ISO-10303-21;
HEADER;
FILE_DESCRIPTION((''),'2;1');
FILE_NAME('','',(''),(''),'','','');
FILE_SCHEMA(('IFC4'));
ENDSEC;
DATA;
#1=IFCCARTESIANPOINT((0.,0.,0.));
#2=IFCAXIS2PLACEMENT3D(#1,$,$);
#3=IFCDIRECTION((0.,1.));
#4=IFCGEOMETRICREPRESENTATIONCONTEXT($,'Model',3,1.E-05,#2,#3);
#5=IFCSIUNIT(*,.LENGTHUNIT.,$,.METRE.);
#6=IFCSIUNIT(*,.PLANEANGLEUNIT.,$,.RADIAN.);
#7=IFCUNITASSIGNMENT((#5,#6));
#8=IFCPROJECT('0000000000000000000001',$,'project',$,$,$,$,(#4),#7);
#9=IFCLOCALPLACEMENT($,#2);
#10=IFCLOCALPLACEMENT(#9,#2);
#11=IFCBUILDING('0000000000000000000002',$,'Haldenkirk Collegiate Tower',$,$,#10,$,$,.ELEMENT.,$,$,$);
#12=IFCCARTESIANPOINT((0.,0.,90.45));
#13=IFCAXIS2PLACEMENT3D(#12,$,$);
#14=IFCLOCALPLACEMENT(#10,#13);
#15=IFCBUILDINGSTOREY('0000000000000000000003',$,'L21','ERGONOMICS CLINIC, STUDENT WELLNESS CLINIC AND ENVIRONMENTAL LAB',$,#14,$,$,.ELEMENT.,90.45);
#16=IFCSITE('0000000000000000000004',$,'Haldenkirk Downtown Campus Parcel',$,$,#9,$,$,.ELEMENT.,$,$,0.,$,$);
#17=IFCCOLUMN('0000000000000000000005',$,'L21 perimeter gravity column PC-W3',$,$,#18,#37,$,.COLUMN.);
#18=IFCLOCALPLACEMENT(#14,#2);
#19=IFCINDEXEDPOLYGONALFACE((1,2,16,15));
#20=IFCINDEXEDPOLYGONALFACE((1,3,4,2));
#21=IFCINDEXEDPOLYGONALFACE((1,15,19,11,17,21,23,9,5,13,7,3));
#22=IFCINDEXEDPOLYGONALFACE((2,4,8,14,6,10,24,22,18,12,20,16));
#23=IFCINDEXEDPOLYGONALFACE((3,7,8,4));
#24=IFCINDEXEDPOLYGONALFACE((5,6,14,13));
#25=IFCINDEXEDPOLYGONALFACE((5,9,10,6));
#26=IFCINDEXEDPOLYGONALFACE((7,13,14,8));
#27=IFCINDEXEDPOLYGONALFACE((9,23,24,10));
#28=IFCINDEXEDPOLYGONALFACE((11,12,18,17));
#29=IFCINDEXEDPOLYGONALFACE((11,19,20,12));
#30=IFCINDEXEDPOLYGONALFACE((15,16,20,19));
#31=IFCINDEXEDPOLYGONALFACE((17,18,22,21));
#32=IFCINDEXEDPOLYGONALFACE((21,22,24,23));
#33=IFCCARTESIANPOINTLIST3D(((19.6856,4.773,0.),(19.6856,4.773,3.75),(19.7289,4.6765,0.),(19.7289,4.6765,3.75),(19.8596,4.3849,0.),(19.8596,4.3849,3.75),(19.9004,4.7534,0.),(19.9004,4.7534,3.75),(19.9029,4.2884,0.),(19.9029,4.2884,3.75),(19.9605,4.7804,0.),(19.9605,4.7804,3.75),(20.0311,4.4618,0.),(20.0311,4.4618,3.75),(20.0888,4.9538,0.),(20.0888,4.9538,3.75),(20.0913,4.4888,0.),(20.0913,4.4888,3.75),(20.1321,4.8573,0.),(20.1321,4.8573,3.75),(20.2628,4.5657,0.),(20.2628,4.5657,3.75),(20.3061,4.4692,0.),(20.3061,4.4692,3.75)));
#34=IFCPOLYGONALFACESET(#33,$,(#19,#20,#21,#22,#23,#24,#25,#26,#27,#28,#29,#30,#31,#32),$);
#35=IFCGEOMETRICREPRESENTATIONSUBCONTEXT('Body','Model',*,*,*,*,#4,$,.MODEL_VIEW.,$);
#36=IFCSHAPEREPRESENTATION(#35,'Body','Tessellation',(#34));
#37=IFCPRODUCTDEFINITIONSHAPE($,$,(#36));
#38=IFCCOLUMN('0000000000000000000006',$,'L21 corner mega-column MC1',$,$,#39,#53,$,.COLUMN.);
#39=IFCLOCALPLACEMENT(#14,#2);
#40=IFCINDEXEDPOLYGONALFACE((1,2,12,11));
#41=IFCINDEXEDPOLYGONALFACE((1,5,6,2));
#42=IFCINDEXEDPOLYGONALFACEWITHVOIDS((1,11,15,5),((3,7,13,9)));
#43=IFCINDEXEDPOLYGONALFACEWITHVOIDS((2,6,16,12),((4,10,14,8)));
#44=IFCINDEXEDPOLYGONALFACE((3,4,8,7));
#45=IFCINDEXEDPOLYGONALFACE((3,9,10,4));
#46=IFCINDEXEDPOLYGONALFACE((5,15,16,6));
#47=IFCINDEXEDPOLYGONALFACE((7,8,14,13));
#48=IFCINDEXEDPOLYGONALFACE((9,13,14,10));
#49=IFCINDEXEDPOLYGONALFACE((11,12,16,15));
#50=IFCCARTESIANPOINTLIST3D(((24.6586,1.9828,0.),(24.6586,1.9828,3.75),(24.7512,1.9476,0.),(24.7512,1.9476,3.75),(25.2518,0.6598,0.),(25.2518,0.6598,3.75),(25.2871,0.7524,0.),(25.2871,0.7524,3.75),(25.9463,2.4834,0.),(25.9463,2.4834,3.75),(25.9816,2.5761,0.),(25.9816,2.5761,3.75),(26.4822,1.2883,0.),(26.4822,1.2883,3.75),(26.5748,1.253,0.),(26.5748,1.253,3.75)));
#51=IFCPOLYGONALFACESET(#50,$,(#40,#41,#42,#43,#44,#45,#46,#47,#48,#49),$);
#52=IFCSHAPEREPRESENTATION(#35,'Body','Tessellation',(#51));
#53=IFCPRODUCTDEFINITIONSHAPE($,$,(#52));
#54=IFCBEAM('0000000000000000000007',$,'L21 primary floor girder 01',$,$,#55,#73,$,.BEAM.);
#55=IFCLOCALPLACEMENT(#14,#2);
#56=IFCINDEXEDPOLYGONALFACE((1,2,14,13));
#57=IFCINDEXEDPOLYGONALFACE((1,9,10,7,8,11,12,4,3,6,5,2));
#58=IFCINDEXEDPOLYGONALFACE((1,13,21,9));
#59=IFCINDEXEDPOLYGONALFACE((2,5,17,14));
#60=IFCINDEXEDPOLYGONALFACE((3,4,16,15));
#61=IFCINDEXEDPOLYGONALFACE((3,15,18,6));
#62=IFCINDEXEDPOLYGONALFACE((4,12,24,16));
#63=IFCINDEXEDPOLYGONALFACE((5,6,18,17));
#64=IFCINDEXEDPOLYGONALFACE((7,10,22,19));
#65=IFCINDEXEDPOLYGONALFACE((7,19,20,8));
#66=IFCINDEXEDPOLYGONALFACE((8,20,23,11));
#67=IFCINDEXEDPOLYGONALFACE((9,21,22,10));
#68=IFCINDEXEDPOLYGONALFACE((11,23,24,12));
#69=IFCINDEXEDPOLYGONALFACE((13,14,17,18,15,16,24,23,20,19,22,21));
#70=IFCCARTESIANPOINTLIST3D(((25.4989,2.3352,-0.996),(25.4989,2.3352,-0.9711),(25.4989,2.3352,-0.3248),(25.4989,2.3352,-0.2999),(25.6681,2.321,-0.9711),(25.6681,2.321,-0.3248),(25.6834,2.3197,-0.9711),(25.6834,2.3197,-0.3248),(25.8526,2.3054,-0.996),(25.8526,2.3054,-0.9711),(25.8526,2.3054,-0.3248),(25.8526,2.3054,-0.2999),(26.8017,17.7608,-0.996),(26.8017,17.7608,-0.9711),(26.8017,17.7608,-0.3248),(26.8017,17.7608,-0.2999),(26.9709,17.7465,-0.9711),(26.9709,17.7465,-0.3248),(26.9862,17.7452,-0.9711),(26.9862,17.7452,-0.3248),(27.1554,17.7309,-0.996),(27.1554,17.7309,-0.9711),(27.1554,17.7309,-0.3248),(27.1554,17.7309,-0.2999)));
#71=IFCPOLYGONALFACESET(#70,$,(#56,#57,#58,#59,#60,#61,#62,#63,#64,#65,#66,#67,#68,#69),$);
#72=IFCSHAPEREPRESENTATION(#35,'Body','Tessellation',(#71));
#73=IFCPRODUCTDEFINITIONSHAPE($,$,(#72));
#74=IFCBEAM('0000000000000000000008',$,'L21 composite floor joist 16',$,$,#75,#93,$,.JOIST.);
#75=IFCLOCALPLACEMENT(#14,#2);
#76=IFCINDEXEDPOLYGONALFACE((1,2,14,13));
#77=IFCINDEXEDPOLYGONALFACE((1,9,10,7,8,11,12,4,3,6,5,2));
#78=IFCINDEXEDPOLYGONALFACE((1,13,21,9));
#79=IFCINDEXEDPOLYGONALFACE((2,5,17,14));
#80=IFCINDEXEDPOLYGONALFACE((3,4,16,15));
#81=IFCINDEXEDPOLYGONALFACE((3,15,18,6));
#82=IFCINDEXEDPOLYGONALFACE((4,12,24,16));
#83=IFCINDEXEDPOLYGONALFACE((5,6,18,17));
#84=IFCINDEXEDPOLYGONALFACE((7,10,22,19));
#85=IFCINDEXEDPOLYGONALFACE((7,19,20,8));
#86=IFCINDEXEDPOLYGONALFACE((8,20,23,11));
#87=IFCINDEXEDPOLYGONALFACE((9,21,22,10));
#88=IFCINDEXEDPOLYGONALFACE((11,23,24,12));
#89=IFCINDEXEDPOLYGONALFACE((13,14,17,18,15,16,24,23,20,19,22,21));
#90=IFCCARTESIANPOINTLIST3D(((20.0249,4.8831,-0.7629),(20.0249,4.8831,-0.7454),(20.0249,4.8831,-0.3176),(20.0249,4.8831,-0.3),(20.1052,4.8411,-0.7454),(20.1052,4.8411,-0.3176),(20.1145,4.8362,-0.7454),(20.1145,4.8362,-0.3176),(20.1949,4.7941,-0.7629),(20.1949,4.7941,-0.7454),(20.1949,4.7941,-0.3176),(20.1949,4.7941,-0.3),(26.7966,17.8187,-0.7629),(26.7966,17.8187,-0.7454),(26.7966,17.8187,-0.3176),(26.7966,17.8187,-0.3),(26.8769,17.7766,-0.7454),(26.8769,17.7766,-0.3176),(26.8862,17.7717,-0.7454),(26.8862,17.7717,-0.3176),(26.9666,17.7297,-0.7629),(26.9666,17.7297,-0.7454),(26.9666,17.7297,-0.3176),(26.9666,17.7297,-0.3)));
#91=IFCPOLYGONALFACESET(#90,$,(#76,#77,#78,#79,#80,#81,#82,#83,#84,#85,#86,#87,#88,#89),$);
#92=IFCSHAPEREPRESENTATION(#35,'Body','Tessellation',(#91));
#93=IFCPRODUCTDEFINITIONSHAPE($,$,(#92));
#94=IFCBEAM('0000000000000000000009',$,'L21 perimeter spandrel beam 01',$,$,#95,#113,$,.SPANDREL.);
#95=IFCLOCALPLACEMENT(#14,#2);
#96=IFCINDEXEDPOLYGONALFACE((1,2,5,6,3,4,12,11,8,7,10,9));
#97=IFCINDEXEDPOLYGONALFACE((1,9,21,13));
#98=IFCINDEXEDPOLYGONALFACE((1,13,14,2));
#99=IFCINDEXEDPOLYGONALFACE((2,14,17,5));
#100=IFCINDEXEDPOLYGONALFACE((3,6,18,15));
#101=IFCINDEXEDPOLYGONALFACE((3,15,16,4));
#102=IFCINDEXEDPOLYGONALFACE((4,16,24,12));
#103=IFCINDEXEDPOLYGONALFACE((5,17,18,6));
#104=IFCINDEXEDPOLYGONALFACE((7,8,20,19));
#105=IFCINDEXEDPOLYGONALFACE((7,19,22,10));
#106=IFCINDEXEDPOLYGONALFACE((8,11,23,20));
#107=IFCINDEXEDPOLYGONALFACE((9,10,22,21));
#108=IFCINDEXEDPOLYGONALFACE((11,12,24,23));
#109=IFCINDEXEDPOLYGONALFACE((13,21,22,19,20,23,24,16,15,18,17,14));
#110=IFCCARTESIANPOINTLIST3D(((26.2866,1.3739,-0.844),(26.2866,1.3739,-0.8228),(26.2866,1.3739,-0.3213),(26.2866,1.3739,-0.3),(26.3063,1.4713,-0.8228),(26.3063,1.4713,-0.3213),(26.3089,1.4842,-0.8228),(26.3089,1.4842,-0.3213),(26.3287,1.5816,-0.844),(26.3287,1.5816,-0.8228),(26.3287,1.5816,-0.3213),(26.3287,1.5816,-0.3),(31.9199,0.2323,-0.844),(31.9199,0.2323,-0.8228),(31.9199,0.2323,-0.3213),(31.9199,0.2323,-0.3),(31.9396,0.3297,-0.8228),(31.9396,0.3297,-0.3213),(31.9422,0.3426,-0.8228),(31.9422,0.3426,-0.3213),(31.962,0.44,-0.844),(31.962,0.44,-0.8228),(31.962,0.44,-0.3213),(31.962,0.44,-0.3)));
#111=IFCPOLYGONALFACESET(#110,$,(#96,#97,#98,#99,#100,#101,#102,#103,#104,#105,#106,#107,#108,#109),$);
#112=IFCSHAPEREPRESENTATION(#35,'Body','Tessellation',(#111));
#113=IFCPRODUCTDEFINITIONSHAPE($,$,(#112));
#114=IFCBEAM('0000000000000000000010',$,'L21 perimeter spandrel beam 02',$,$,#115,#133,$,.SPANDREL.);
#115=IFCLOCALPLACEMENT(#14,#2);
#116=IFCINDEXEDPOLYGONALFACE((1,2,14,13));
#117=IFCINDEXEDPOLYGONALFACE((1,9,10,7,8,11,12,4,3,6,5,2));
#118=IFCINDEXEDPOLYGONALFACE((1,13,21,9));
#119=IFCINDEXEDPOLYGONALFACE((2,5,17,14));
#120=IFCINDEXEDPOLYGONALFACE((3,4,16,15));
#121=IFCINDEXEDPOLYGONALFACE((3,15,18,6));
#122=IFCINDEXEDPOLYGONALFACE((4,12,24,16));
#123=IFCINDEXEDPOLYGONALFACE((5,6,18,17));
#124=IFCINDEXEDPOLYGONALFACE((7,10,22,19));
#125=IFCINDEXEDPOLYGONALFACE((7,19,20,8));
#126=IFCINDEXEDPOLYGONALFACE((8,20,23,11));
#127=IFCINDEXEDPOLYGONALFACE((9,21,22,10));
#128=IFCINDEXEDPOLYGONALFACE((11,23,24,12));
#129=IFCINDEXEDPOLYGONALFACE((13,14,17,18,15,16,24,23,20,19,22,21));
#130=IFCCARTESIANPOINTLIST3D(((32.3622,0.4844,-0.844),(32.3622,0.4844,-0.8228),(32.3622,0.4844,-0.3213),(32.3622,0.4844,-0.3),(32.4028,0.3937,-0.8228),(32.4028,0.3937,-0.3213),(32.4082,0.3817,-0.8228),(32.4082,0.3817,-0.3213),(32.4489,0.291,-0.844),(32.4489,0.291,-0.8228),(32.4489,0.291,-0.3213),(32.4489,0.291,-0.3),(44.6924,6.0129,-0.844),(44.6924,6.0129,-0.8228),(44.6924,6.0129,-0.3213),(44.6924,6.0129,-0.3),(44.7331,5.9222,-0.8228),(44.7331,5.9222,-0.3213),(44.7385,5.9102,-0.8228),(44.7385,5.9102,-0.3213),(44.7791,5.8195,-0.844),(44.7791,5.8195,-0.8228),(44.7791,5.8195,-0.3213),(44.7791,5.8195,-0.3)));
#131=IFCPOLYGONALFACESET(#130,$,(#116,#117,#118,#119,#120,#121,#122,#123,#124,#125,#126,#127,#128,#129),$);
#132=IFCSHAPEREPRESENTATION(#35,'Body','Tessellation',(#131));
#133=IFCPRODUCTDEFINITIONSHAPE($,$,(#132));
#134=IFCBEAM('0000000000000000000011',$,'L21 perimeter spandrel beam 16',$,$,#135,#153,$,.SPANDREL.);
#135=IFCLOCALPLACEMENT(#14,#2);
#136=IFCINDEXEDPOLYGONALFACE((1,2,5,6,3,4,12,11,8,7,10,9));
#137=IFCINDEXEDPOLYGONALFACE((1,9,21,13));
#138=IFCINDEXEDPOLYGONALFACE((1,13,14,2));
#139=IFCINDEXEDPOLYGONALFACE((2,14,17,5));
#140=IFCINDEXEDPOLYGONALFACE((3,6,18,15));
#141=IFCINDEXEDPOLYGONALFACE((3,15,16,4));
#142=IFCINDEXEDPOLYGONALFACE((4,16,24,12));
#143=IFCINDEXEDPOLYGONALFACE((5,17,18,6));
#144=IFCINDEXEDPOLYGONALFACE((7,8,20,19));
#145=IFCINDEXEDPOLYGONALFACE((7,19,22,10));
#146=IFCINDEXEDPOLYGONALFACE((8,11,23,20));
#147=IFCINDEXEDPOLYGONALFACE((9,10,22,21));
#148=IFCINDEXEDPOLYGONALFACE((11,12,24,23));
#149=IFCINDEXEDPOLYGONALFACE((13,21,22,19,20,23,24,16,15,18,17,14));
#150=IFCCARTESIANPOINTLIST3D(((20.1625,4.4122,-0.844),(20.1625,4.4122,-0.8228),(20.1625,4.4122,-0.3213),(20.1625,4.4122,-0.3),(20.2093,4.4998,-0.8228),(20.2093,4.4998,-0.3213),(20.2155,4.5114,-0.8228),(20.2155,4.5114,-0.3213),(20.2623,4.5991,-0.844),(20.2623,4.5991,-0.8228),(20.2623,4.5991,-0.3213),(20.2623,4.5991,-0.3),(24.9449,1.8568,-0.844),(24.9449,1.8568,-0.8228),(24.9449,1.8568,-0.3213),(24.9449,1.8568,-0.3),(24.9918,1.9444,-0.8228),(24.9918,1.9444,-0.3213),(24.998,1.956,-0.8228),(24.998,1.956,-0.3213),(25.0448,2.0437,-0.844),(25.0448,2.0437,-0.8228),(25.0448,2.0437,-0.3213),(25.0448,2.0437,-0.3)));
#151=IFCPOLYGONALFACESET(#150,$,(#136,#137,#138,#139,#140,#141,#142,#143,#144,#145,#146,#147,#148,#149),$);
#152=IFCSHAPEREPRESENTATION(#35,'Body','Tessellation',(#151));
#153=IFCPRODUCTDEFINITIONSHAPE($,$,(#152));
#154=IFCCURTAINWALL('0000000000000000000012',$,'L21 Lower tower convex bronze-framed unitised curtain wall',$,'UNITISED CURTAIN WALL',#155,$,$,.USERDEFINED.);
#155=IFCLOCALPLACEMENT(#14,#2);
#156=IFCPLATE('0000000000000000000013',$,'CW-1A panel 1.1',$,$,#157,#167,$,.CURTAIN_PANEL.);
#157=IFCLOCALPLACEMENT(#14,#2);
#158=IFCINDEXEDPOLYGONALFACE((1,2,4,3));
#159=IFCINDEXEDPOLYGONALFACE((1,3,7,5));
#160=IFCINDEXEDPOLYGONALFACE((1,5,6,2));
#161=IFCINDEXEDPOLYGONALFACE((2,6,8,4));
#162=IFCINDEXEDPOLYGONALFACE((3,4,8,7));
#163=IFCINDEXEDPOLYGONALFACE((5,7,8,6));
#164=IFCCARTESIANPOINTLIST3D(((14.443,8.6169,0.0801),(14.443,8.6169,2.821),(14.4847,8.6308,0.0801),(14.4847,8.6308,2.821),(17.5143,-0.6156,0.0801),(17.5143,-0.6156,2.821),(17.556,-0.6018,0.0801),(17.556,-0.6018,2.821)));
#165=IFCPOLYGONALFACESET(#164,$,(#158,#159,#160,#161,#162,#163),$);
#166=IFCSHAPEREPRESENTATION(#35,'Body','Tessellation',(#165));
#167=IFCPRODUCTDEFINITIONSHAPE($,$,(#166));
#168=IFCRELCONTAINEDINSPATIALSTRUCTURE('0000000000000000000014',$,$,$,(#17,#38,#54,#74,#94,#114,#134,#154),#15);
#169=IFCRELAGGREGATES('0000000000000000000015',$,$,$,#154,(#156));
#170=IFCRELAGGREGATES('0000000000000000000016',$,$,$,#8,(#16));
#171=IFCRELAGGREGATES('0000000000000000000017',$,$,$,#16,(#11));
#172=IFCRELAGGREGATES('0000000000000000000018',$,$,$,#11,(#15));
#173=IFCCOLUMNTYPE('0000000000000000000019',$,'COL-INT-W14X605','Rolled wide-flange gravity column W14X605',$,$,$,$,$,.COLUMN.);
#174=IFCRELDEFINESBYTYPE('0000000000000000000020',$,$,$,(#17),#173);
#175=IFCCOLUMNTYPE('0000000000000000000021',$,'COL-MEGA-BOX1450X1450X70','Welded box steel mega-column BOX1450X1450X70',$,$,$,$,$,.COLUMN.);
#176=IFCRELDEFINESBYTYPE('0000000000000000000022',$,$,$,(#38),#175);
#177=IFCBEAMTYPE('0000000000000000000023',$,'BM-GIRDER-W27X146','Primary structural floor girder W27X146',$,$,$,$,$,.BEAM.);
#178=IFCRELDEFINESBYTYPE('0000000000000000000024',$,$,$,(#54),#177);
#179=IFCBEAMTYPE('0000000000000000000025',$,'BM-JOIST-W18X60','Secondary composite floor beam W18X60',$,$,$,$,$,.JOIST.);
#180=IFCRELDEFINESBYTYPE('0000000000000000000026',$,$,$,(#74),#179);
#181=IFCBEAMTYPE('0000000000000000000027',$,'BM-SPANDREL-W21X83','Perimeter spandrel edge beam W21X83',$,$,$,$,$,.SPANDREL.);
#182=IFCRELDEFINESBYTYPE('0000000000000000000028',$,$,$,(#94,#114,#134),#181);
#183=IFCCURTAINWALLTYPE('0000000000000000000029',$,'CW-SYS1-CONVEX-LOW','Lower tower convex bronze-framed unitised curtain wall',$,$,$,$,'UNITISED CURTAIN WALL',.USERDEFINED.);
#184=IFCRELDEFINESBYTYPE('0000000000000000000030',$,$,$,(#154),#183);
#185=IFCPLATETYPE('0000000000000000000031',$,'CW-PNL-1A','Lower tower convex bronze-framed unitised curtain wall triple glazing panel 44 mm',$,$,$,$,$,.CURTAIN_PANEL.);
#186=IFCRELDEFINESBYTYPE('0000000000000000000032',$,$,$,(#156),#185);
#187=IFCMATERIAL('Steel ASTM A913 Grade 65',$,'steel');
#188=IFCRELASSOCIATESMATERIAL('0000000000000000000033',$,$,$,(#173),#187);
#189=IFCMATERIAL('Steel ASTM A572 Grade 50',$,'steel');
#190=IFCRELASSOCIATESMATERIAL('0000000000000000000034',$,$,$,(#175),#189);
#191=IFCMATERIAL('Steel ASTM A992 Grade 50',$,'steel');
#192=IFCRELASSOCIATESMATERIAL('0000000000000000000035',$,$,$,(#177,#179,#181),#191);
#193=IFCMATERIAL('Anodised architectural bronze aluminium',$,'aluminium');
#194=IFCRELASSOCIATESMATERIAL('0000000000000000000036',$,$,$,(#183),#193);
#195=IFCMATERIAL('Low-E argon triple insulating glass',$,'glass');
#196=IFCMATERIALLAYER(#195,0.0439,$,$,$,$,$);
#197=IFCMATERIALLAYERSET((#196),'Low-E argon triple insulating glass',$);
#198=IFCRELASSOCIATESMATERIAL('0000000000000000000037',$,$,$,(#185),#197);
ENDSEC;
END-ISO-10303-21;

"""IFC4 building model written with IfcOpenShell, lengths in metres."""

from ifc_helpers import new_model, si_unit, direction, frame, origin, origin_2d, place, context, subcontext, project, spatial, rectangle, hollow_rectangle, i_section, extrude, source, transform, mapped, material, layer, layer_set, material_profile, profile_set, type_object, element, aggregate, save


model = new_model("IFC4")

# Units and contexts
model_context = context("Model", 3, precision=1e-05, world=origin(), true_north=direction((0.0, 1.0)))
body_context = subcontext(model_context, "Body", "Model", "MODEL_VIEW")
ifc_project = project(units=[si_unit("LENGTHUNIT", "METRE"), si_unit("PLANEANGLEUNIT", "RADIAN")], contexts=[model_context])

# Site, building, storey
site_placement = place(None, origin())
site = spatial("IfcSite", under=ifc_project, at=site_placement, Name="Haldenkirk Downtown Campus Parcel", CompositionType="ELEMENT", RefElevation=0.0)
building_placement = place(site_placement, origin())
building = spatial("IfcBuilding", under=site, at=building_placement, Name="Haldenkirk Collegiate Tower", CompositionType="ELEMENT")
storey_placement = place(building_placement, frame((0.0, 0.0, 90.45)))
storey = spatial("IfcBuildingStorey", under=building, at=storey_placement, Name="L21", Description="ERGONOMICS CLINIC, STUDENT WELLNESS CLINIC AND ENVIRONMENTAL LAB", CompositionType="ELEMENT", Elevation=90.45)

# Columns
ifc_material_1 = material(Name="Steel ASTM A913 Grade 65", Category="steel")
ifc_material_profile_1 = material_profile(ifc_material_1, i_section(OverallWidth=0.4419, OverallDepth=0.531, WebThickness=0.0659, FlangeThickness=0.1057, at=origin_2d()), Name="W14X605")
ifc_profile_set_1 = profile_set([ifc_material_profile_1], Name="Steel ASTM A913 Grade 65")
column_type_1 = type_object("IfcColumnType", Name="COL-INT-W14X605", Description="Rolled wide-flange gravity column W14X605", PredefinedType="COLUMN", material=ifc_profile_set_1)
column_1_placement = place(storey_placement, frame((19.9958, 4.6211, 0.0), z_axis=(0.0, 0.0, 1.0), x_axis=(0.912477, 0.409127, 0.0)))
element("IfcColumn", 1, at=column_1_placement, inside=storey, type_object=column_type_1, Name="L21 perimeter gravity column PC-W3", PredefinedType="COLUMN", context=body_context, shape_type="SweptSolid", body=[
    extrude(i_section(OverallWidth=0.4419, OverallDepth=0.531, WebThickness=0.0659, FlangeThickness=0.1057, at=origin_2d()), origin(), (0.0, 0.0, 1.0), 3.75),
])
ifc_material_2 = material(Name="Steel ASTM A572 Grade 50", Category="steel")
ifc_material_profile_2 = material_profile(ifc_material_2, hollow_rectangle(XDim=1.45, YDim=1.45, WallThickness=0.0701, at=origin_2d()), Name="BOX1450X1450X70")
ifc_profile_set_2 = profile_set([ifc_material_profile_2], Name="Steel ASTM A572 Grade 50")
column_type_2 = type_object("IfcColumnType", Name="COL-MEGA-BOX1450X1450X70", Description="Welded box steel mega-column BOX1450X1450X70", PredefinedType="COLUMN", material=ifc_profile_set_2)
column_2_placement = place(storey_placement, frame((25.6167, 1.6179, 0.0), z_axis=(0.0, 0.0, 1.0), x_axis=(0.912477, 0.409127, 0.0)))
element("IfcColumn", 2, at=column_2_placement, inside=storey, type_object=column_type_2, Name="L21 corner mega-column MC1", PredefinedType="COLUMN", context=body_context, shape_type="SweptSolid", body=[
    extrude(hollow_rectangle(XDim=1.45, YDim=1.45, WallThickness=0.0701, at=origin_2d()), origin(), (0.0, 0.0, 1.0), 3.75),
])

# Beams
ifc_material_3 = material(Name="Steel ASTM A992 Grade 50", Category="steel")
ifc_material_profile_3 = material_profile(ifc_material_3, i_section(OverallWidth=0.355, OverallDepth=0.696, WebThickness=0.0154, FlangeThickness=0.0249, at=origin_2d()), Name="W27X146")
ifc_profile_set_3 = profile_set([ifc_material_profile_3], Name="Steel ASTM A992 Grade 50")
beam_type_1 = type_object("IfcBeamType", Name="BM-GIRDER-W27X146", Description="Primary structural floor girder W27X146", PredefinedType="BEAM", material=ifc_profile_set_3)
beam_1_placement = place(storey_placement, frame((25.6758, 2.3203, -0.6479), z_axis=(0.084154, 0.996453, 0.0), x_axis=(-0.996453, 0.084154, 0.0)))
element("IfcBeam", 3, at=beam_1_placement, inside=storey, type_object=beam_type_1, Name="L21 primary floor girder 01", PredefinedType="BEAM", context=body_context, shape_type="SweptSolid", body=[
    extrude(i_section(OverallWidth=0.355, OverallDepth=0.696, WebThickness=0.0154, FlangeThickness=0.0249, at=origin_2d()), origin(), (0.0, 0.0, 1.0), 15.4805),
])
ifc_material_profile_4 = material_profile(ifc_material_3, i_section(OverallWidth=0.1919, OverallDepth=0.4629, WebThickness=0.0105, FlangeThickness=0.0176, at=origin_2d()), Name="W18X60")
ifc_profile_set_4 = profile_set([ifc_material_profile_4], Name="Steel ASTM A992 Grade 50")
beam_type_2 = type_object("IfcBeamType", Name="BM-JOIST-W18X60", Description="Secondary composite floor beam W18X60", PredefinedType="JOIST", material=ifc_profile_set_4)
beam_2_placement = place(storey_placement, frame((20.1099, 4.8386, -0.5315), z_axis=(0.46379, 0.885945, 0.0), x_axis=(-0.885945, 0.46379, 0.0)))
element("IfcBeam", 4, at=beam_2_placement, inside=storey, type_object=beam_type_2, Name="L21 composite floor joist 16", PredefinedType="JOIST", context=body_context, shape_type="SweptSolid", body=[
    extrude(i_section(OverallWidth=0.1919, OverallDepth=0.4629, WebThickness=0.0105, FlangeThickness=0.0176, at=origin_2d()), origin(), (0.0, 0.0, 1.0), 14.6008),
])
ifc_material_profile_5 = material_profile(ifc_material_3, i_section(OverallWidth=0.2119, OverallDepth=0.5439, WebThickness=0.0132, FlangeThickness=0.0212, at=origin_2d()), Name="W21X83")
ifc_profile_set_5 = profile_set([ifc_material_profile_5], Name="Steel ASTM A992 Grade 50")
beam_type_3 = type_object("IfcBeamType", Name="BM-SPANDREL-W21X83", Description="Perimeter spandrel edge beam W21X83", PredefinedType="SPANDREL", material=ifc_profile_set_5)
beam_3_placement = place(storey_placement, frame((26.3076, 1.4778, -0.572), z_axis=(0.980078, -0.198615, 0.0), x_axis=(0.198615, 0.980078, 0.0)))
element("IfcBeam", 5, at=beam_3_placement, inside=storey, type_object=beam_type_3, Name="L21 perimeter spandrel beam 01", PredefinedType="SPANDREL", context=body_context, shape_type="SweptSolid", body=[
    extrude(i_section(OverallWidth=0.2119, OverallDepth=0.5439, WebThickness=0.0132, FlangeThickness=0.0212, at=origin_2d()), origin(), (0.0, 0.0, 1.0), 5.7478),
])
beam_4_placement = place(storey_placement, frame((32.4055, 0.3877, -0.572), z_axis=(0.912477, 0.409129, 0.0), x_axis=(-0.409129, 0.912477, 0.0)))
element("IfcBeam", 6, at=beam_4_placement, inside=storey, type_object=beam_type_3, Name="L21 perimeter spandrel beam 02", PredefinedType="SPANDREL", context=body_context, shape_type="SweptSolid", body=[
    extrude(i_section(OverallWidth=0.2119, OverallDepth=0.5439, WebThickness=0.0132, FlangeThickness=0.0212, at=origin_2d()), origin(), (0.0, 0.0, 1.0), 13.5129),
])
beam_5_placement = place(storey_placement, frame((20.2124, 4.5056, -0.572), z_axis=(0.881987, -0.471273, 0.0), x_axis=(0.471273, 0.881987, 0.0)))
element("IfcBeam", 7, at=beam_5_placement, inside=storey, type_object=beam_type_3, Name="L21 perimeter spandrel beam 16", PredefinedType="SPANDREL", context=body_context, shape_type="SweptSolid", body=[
    extrude(i_section(OverallWidth=0.2119, OverallDepth=0.5439, WebThickness=0.0132, FlangeThickness=0.0212, at=origin_2d()), origin(), (0.0, 0.0, 1.0), 5.4224),
])

# Curtain wall, plate
ifc_material_4 = material(Name="Anodised architectural bronze aluminium", Category="aluminium")
curtain_wall_type = type_object("IfcCurtainWallType", Name="CW-SYS1-CONVEX-LOW", Description="Lower tower convex bronze-framed unitised curtain wall", ElementType="UNITISED CURTAIN WALL", PredefinedType="USERDEFINED", material=ifc_material_4)
curtain_wall_placement = place(storey_placement, origin())
curtain_wall = element("IfcCurtainWall", 8, at=curtain_wall_placement, inside=storey, type_object=curtain_wall_type, Name="L21 Lower tower convex bronze-framed unitised curtain wall", ObjectType="UNITISED CURTAIN WALL", PredefinedType="USERDEFINED")
ifc_material_5 = material(Name="Low-E argon triple insulating glass", Category="glass")
ifc_layer = layer(ifc_material_5, 0.0439)
ifc_layer_set = layer_set([ifc_layer], Name="Low-E argon triple insulating glass")
plate_type = type_object("IfcPlateType", Name="CW-PNL-1A", Description="Lower tower convex bronze-framed unitised curtain wall triple glazing panel 44 mm", PredefinedType="CURTAIN_PANEL", material=ifc_layer_set)
shared_shape = source(origin(), body_context, "Body", "SweptSolid", [
    extrude(rectangle(XDim=9.73, YDim=0.0439, at=origin_2d()), origin(), (0.0, 0.0, 1.0), 2.741),
])
plate_placement = place(storey_placement, frame((15.9995, 4.0076, 0.0801), z_axis=(0.0, 0.0, 1.0), x_axis=(-0.31565, 0.948876, 0.0)))
plate = element("IfcPlate", 9, at=plate_placement, type_object=plate_type, Name="CW-1A panel 1.1", PredefinedType="CURTAIN_PANEL", context=body_context, shape_type="MappedRepresentation", body=[
    mapped(shared_shape, transform((0.0, 0.0, 0.0), x_axis=(1.0, 0.0, 0.0), y_axis=(0.0, 1.0, 0.0), z_axis=(0.0, 0.0, 1.0), scale=1.0)),
])
aggregate(curtain_wall, [plate])

save(model, "model.ifc")
